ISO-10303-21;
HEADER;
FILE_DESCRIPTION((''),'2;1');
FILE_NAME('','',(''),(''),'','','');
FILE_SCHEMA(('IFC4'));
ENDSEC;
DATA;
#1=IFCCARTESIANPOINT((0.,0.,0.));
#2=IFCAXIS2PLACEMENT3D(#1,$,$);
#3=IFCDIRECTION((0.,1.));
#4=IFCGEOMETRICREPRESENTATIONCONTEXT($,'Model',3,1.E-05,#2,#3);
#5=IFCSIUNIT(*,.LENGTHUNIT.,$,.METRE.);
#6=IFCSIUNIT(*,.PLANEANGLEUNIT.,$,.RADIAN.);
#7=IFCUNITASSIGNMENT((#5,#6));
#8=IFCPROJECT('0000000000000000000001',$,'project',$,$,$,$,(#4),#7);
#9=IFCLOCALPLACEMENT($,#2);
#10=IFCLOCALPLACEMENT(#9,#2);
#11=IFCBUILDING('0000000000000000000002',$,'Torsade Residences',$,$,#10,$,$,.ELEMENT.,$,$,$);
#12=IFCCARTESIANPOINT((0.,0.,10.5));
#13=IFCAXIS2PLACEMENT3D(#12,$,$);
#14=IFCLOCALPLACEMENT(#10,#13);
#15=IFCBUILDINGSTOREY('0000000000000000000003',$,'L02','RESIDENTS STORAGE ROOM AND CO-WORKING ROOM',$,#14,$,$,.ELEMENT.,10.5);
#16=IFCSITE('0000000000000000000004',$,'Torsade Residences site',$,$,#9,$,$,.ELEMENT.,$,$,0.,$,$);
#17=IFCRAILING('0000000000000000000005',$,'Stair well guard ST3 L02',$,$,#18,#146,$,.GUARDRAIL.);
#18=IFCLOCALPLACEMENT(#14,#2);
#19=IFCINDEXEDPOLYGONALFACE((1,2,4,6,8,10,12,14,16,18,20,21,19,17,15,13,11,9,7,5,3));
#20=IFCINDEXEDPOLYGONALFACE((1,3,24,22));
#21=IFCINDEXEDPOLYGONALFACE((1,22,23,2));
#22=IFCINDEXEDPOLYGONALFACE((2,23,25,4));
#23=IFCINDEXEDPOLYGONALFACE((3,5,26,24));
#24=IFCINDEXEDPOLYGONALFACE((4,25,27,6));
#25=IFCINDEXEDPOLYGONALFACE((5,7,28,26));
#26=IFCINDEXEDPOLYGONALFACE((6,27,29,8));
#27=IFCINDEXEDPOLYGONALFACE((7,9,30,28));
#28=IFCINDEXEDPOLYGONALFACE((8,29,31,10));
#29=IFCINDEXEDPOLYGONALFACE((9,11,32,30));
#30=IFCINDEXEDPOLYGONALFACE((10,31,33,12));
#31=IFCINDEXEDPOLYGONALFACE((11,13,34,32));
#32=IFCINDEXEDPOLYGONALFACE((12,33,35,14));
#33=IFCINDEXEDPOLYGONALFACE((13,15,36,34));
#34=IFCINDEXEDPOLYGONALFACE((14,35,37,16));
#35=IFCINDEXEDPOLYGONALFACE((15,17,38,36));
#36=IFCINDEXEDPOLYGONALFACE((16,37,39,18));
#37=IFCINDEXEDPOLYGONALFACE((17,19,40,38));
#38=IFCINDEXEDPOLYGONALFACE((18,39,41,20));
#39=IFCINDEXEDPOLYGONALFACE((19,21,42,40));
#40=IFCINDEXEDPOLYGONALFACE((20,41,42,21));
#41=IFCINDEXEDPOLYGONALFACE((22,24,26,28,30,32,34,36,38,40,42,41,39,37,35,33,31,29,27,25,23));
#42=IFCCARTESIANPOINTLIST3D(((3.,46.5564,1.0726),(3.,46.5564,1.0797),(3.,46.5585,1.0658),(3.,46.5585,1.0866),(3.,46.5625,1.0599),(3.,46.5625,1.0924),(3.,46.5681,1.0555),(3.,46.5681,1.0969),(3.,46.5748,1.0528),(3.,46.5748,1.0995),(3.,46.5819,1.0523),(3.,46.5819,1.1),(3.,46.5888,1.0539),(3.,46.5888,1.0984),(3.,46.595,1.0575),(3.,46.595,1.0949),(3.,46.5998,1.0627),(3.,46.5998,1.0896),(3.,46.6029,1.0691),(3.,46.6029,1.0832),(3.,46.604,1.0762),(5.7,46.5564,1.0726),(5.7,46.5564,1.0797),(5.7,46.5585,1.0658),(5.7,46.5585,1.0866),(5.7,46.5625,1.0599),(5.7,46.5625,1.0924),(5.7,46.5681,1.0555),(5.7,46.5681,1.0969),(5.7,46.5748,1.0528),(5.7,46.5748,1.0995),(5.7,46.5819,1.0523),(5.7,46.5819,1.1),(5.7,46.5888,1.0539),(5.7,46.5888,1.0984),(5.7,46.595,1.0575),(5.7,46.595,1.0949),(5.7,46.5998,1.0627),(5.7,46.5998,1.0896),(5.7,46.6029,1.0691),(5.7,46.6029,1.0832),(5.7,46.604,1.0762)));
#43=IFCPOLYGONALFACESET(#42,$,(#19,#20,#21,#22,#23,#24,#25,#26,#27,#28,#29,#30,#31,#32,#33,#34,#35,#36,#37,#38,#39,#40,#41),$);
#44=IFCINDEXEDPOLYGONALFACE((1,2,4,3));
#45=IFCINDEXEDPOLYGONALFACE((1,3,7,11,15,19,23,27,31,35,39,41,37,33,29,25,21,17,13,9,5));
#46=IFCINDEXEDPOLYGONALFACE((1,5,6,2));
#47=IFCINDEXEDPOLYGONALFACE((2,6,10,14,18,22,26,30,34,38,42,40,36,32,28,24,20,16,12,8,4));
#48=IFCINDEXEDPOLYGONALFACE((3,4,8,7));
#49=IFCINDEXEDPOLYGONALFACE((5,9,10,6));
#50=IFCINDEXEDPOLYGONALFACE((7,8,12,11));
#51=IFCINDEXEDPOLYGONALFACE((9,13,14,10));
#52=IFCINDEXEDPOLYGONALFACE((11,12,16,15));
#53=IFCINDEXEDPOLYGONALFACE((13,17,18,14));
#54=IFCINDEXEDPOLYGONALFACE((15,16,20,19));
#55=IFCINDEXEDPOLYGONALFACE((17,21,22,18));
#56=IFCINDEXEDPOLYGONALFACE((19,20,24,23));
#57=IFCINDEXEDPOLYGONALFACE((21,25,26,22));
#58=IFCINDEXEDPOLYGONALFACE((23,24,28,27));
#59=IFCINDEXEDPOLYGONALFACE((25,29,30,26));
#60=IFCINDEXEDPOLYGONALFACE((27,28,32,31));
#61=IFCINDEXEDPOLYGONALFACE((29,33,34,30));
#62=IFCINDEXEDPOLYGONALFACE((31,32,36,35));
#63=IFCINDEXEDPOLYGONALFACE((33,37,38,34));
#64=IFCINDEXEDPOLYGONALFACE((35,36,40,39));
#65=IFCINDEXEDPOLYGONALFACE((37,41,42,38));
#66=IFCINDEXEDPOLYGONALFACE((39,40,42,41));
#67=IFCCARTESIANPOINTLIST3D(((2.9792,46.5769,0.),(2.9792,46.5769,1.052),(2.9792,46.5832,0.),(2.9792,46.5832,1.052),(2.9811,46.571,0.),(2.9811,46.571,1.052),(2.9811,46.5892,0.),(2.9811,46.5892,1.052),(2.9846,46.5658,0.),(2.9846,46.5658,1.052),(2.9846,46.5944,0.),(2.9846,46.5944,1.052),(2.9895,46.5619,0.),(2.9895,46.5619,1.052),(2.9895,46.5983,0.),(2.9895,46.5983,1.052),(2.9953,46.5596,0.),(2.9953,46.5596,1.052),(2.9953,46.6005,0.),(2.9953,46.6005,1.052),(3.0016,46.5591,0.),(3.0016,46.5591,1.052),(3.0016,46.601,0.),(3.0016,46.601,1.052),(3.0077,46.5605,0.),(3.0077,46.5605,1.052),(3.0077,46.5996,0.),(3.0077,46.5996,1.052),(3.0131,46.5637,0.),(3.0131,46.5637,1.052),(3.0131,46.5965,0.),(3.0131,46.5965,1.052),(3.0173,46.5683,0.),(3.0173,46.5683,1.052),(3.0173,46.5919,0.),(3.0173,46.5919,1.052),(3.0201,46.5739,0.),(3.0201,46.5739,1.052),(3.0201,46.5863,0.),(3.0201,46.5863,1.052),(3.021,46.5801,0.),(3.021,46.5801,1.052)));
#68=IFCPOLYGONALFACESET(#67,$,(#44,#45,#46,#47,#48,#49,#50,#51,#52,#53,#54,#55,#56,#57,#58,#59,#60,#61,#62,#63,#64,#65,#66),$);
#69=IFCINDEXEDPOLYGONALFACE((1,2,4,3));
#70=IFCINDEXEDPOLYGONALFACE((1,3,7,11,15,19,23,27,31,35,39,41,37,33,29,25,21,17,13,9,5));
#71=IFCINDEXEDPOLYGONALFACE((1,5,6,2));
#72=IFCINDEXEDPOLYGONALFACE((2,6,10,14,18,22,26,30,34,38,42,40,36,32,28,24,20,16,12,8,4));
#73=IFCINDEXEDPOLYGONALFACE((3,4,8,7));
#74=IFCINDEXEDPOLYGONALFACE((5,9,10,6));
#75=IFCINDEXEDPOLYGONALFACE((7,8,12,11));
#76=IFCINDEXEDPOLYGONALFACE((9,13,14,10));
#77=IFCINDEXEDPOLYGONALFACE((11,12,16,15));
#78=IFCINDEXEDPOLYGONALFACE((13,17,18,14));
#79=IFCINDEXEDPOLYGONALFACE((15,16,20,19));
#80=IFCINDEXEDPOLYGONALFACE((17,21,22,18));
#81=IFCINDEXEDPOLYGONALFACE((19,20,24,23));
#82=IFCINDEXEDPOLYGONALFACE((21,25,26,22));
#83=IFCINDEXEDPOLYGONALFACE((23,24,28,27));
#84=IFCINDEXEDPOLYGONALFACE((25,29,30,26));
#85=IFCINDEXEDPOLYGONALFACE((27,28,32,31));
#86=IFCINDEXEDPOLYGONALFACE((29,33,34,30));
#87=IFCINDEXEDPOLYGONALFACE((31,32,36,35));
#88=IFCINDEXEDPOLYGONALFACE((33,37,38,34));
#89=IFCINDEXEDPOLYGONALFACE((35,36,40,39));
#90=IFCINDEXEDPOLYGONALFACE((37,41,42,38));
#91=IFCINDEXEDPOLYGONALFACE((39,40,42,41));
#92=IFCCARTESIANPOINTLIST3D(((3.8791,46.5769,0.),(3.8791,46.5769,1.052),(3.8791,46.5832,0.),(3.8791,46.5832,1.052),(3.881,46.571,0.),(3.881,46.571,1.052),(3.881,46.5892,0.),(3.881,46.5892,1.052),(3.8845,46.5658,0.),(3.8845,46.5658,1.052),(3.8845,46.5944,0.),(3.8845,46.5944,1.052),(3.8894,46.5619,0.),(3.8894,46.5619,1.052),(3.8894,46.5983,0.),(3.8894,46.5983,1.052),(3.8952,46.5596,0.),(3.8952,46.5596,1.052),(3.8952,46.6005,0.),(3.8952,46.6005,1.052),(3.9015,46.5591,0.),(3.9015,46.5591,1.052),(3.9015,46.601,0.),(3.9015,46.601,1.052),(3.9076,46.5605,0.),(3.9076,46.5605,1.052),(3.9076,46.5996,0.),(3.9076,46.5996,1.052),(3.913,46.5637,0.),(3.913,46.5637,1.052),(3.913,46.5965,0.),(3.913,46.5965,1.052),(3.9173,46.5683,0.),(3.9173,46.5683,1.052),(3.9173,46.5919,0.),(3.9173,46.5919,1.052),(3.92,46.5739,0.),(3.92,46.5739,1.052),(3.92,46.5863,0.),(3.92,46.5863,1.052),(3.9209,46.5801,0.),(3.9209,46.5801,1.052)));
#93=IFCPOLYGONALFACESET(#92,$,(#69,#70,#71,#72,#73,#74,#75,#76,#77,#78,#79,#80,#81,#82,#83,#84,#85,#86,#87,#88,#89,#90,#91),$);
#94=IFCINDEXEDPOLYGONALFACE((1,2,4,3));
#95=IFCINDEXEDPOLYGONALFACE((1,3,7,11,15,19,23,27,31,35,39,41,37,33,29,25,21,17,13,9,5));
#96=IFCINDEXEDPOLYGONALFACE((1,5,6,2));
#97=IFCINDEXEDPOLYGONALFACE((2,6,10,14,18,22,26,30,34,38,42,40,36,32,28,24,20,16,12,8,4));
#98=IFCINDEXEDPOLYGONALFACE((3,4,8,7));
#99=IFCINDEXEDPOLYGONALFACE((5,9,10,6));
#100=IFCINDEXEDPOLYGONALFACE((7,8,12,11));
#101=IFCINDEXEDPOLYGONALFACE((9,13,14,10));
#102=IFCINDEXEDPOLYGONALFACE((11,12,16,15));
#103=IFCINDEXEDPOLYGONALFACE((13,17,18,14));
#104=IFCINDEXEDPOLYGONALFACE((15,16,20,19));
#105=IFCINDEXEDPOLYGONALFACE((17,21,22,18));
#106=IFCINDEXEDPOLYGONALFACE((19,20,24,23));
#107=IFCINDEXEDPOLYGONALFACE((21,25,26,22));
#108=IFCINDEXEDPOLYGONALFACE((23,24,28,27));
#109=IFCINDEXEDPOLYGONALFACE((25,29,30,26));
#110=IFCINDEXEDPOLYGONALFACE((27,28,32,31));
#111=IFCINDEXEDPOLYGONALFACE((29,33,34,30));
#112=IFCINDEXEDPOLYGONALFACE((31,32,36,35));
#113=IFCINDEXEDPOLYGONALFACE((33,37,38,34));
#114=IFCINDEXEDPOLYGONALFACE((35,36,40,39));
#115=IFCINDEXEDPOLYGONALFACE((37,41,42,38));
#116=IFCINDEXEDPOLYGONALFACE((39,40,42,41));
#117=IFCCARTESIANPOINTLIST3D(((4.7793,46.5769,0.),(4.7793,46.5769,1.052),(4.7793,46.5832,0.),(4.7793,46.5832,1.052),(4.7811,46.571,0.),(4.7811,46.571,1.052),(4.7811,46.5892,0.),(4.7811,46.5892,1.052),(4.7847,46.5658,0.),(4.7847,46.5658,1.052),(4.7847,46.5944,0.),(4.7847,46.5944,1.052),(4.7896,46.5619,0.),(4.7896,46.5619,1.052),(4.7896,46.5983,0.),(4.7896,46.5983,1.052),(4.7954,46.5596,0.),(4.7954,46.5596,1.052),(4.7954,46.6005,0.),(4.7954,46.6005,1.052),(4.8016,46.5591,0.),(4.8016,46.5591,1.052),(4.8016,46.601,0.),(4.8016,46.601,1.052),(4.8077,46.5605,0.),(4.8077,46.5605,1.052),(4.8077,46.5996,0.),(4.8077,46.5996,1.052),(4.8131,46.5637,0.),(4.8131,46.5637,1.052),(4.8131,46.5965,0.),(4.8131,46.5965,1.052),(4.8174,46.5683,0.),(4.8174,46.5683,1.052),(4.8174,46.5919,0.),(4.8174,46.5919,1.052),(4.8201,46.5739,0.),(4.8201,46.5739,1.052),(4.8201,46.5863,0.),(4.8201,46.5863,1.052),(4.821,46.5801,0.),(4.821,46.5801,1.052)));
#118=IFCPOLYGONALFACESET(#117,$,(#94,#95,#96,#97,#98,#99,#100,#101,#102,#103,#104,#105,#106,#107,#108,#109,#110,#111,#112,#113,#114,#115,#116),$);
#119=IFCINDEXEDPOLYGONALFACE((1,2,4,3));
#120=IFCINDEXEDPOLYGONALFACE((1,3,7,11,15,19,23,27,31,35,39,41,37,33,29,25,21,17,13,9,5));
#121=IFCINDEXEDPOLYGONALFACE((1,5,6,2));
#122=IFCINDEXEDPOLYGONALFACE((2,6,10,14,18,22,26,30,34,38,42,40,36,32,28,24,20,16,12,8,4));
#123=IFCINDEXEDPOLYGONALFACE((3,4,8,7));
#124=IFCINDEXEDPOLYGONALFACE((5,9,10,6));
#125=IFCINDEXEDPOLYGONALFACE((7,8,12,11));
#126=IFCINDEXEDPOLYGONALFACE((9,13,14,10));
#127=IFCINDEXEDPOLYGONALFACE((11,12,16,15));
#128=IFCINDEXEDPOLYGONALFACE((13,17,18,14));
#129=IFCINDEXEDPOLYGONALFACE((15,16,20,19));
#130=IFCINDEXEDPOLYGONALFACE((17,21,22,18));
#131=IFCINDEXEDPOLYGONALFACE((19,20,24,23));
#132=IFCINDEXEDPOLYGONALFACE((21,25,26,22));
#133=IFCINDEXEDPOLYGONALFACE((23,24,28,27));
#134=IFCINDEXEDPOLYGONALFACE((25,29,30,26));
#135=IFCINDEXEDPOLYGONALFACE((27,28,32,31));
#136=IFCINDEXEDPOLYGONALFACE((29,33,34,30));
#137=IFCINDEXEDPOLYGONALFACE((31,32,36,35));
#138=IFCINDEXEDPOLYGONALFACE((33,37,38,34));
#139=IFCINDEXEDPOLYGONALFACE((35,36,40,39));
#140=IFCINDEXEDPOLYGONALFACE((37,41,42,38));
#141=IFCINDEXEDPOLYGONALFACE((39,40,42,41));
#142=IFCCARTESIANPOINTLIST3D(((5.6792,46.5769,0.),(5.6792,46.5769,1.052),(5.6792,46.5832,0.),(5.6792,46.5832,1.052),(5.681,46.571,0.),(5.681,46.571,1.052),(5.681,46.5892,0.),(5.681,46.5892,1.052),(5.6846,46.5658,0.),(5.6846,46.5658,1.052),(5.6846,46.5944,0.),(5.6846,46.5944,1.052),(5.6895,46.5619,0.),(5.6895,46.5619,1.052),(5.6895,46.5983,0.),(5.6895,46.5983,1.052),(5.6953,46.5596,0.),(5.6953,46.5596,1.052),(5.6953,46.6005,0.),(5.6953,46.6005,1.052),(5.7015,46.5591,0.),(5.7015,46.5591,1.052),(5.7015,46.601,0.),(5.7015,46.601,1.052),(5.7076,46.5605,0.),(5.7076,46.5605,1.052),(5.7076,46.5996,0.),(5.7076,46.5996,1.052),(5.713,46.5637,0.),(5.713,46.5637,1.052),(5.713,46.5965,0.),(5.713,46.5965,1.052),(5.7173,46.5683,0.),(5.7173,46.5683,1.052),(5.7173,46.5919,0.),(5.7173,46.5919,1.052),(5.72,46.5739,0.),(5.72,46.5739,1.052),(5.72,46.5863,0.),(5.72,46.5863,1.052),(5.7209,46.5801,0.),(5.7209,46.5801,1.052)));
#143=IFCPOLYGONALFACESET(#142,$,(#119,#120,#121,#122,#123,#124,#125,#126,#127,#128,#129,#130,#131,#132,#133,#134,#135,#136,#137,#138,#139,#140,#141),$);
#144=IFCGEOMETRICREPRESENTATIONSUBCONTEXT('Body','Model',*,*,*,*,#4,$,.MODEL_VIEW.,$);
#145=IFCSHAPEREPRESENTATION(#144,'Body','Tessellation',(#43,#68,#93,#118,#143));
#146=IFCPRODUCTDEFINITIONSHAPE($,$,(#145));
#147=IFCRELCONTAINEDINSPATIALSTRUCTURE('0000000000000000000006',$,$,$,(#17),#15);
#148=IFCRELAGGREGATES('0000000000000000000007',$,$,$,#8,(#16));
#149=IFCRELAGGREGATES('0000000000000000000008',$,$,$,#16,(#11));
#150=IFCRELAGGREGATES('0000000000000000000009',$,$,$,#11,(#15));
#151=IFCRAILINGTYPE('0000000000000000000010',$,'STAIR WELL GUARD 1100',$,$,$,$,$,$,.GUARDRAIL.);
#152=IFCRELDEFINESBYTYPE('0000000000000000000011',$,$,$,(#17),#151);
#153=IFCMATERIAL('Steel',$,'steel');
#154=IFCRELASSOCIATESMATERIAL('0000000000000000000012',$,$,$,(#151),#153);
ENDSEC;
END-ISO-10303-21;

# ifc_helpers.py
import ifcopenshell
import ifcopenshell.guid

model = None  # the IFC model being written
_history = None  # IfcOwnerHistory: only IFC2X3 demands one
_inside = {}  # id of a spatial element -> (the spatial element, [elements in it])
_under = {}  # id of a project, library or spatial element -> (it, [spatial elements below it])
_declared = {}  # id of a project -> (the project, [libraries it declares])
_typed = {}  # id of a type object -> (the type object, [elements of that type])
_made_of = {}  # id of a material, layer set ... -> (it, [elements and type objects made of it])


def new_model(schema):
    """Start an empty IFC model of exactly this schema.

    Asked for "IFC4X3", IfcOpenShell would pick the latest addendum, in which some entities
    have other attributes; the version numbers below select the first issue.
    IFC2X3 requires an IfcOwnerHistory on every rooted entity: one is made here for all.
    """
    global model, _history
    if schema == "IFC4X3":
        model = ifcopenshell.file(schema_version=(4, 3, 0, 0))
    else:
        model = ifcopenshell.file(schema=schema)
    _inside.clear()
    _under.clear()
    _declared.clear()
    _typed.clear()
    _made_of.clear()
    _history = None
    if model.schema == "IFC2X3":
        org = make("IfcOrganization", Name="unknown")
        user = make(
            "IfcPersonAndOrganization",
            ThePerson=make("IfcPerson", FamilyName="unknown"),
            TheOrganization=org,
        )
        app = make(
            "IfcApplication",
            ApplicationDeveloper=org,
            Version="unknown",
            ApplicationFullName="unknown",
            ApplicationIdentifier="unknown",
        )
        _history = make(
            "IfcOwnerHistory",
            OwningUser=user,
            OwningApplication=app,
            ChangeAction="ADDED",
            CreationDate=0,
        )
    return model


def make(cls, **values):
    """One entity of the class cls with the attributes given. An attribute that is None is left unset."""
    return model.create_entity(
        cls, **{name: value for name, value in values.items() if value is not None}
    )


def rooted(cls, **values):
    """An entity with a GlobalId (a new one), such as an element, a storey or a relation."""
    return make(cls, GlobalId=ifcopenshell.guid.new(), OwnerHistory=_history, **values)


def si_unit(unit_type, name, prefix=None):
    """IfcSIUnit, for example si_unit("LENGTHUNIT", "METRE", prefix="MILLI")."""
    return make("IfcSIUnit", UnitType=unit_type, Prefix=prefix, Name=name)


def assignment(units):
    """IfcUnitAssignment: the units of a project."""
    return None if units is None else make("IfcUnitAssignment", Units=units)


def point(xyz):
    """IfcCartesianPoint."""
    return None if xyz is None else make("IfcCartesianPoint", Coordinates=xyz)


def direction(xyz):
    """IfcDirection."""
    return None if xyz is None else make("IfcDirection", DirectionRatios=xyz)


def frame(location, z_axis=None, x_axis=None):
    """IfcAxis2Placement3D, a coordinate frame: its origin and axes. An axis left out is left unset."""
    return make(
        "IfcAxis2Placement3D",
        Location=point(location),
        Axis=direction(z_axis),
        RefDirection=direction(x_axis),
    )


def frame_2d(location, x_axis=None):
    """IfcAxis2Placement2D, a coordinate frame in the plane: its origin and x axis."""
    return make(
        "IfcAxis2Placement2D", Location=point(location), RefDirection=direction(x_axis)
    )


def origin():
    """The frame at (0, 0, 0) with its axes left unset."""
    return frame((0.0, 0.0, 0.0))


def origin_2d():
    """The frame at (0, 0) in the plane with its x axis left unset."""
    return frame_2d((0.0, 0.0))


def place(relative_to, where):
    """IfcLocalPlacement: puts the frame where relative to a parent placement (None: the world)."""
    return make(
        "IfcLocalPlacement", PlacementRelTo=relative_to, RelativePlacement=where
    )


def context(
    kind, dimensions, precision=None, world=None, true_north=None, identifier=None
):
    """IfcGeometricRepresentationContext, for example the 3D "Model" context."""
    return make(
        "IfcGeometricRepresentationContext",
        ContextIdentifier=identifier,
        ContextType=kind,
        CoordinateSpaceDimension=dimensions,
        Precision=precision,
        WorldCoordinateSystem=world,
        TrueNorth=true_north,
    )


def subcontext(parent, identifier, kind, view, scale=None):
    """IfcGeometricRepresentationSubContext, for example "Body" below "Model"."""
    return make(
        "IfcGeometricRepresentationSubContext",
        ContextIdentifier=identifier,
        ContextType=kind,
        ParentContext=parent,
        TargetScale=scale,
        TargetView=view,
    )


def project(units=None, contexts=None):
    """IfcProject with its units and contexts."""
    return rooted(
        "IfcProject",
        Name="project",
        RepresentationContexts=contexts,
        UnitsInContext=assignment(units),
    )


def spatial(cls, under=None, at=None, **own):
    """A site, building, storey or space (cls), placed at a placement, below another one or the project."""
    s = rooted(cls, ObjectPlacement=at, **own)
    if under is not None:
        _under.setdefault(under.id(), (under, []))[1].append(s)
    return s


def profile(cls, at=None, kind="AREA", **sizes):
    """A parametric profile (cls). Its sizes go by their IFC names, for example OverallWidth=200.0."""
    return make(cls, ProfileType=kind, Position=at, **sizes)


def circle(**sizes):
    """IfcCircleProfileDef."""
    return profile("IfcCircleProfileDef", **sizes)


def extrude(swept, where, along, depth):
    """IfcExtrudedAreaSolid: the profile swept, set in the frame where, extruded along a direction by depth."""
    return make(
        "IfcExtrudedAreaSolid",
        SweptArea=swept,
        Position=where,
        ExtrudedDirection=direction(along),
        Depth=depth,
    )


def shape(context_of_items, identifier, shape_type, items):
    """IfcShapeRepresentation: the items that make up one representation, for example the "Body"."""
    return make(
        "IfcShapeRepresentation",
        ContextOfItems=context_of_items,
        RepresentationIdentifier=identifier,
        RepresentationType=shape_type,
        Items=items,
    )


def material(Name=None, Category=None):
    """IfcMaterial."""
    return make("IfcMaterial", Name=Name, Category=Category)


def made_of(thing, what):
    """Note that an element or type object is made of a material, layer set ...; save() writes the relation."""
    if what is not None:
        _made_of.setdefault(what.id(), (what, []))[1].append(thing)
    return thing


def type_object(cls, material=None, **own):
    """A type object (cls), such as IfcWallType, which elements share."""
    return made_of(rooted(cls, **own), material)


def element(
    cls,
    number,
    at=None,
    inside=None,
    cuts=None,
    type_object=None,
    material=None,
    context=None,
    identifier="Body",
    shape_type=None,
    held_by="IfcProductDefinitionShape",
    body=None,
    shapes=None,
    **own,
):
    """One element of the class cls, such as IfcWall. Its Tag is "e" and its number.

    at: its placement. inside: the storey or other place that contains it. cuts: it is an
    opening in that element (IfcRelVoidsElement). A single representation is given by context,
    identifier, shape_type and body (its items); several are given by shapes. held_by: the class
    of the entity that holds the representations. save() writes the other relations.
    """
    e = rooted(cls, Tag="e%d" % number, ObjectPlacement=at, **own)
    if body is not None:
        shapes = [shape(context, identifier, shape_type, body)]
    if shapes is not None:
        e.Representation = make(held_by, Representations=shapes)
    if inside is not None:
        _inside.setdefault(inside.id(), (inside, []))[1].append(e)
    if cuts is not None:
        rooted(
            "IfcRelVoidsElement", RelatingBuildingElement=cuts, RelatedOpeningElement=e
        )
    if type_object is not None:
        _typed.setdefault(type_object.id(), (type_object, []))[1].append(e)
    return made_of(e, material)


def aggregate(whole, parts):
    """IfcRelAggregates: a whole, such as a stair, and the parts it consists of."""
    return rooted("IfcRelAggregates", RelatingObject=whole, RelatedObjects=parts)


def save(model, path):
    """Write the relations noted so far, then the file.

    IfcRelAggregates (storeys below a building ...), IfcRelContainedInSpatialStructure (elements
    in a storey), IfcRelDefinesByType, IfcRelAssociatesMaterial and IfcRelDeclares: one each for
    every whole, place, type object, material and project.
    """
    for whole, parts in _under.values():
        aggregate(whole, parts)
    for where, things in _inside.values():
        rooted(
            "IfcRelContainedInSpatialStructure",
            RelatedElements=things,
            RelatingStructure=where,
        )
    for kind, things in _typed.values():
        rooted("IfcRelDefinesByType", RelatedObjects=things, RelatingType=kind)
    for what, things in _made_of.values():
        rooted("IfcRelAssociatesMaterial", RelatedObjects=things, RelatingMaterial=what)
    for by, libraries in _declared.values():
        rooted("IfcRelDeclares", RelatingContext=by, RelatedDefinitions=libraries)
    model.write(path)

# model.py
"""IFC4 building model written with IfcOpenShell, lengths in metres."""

from ifc_helpers import new_model, si_unit, direction, frame, origin, origin_2d, place, context, subcontext, project, spatial, circle, extrude, material, type_object, element, save


model = new_model("IFC4")

# Units and contexts
model_context = context("Model", 3, precision=1e-05, world=origin(), true_north=direction((0.0, 1.0)))
body_context = subcontext(model_context, "Body", "Model", "MODEL_VIEW")
ifc_project = project(units=[si_unit("LENGTHUNIT", "METRE"), si_unit("PLANEANGLEUNIT", "RADIAN")], contexts=[model_context])

# Site, building, storey
site_placement = place(None, origin())
site = spatial("IfcSite", under=ifc_project, at=site_placement, Name="Torsade Residences site", CompositionType="ELEMENT", RefElevation=0.0)
building_placement = place(site_placement, origin())
building = spatial("IfcBuilding", under=site, at=building_placement, Name="Torsade Residences", CompositionType="ELEMENT")
storey_placement = place(building_placement, frame((0.0, 0.0, 10.5)))
storey = spatial("IfcBuildingStorey", under=building, at=storey_placement, Name="L02", Description="RESIDENTS STORAGE ROOM AND CO-WORKING ROOM", CompositionType="ELEMENT", Elevation=10.5)

# Railing
ifc_material_1 = material(Name="Steel", Category="steel")
railing_type = type_object("IfcRailingType", Name="STAIR WELL GUARD 1100", PredefinedType="GUARDRAIL", material=ifc_material_1)
railing_placement = place(storey_placement, frame((3.0, 46.5801, 0.0)))
element("IfcRailing", 1, at=railing_placement, inside=storey, type_object=railing_type, Name="Stair well guard ST3 L02", PredefinedType="GUARDRAIL", context=body_context, shape_type="SweptSolid", body=[
    extrude(circle(Radius=0.0239, at=origin_2d()), frame((0.0, 0.0, 1.0762), z_axis=(1.0, 0.0, 0.0), x_axis=(0.0, 1.0, 0.0)), (0.0, 0.0, 1.0), 2.7),
    extrude(circle(Radius=0.021, at=origin_2d()), origin(), (0.0, 0.0, 1.0), 1.052),
    extrude(circle(Radius=0.021, at=origin_2d()), frame((0.8999, 0.0, 0.0)), (0.0, 0.0, 1.0), 1.052),
    extrude(circle(Radius=0.021, at=origin_2d()), frame((1.8, 0.0, 0.0)), (0.0, 0.0, 1.0), 1.052),
    extrude(circle(Radius=0.021, at=origin_2d()), frame((2.7, 0.0, 0.0)), (0.0, 0.0, 1.0), 1.052),
])

save(model, "model.ifc")
